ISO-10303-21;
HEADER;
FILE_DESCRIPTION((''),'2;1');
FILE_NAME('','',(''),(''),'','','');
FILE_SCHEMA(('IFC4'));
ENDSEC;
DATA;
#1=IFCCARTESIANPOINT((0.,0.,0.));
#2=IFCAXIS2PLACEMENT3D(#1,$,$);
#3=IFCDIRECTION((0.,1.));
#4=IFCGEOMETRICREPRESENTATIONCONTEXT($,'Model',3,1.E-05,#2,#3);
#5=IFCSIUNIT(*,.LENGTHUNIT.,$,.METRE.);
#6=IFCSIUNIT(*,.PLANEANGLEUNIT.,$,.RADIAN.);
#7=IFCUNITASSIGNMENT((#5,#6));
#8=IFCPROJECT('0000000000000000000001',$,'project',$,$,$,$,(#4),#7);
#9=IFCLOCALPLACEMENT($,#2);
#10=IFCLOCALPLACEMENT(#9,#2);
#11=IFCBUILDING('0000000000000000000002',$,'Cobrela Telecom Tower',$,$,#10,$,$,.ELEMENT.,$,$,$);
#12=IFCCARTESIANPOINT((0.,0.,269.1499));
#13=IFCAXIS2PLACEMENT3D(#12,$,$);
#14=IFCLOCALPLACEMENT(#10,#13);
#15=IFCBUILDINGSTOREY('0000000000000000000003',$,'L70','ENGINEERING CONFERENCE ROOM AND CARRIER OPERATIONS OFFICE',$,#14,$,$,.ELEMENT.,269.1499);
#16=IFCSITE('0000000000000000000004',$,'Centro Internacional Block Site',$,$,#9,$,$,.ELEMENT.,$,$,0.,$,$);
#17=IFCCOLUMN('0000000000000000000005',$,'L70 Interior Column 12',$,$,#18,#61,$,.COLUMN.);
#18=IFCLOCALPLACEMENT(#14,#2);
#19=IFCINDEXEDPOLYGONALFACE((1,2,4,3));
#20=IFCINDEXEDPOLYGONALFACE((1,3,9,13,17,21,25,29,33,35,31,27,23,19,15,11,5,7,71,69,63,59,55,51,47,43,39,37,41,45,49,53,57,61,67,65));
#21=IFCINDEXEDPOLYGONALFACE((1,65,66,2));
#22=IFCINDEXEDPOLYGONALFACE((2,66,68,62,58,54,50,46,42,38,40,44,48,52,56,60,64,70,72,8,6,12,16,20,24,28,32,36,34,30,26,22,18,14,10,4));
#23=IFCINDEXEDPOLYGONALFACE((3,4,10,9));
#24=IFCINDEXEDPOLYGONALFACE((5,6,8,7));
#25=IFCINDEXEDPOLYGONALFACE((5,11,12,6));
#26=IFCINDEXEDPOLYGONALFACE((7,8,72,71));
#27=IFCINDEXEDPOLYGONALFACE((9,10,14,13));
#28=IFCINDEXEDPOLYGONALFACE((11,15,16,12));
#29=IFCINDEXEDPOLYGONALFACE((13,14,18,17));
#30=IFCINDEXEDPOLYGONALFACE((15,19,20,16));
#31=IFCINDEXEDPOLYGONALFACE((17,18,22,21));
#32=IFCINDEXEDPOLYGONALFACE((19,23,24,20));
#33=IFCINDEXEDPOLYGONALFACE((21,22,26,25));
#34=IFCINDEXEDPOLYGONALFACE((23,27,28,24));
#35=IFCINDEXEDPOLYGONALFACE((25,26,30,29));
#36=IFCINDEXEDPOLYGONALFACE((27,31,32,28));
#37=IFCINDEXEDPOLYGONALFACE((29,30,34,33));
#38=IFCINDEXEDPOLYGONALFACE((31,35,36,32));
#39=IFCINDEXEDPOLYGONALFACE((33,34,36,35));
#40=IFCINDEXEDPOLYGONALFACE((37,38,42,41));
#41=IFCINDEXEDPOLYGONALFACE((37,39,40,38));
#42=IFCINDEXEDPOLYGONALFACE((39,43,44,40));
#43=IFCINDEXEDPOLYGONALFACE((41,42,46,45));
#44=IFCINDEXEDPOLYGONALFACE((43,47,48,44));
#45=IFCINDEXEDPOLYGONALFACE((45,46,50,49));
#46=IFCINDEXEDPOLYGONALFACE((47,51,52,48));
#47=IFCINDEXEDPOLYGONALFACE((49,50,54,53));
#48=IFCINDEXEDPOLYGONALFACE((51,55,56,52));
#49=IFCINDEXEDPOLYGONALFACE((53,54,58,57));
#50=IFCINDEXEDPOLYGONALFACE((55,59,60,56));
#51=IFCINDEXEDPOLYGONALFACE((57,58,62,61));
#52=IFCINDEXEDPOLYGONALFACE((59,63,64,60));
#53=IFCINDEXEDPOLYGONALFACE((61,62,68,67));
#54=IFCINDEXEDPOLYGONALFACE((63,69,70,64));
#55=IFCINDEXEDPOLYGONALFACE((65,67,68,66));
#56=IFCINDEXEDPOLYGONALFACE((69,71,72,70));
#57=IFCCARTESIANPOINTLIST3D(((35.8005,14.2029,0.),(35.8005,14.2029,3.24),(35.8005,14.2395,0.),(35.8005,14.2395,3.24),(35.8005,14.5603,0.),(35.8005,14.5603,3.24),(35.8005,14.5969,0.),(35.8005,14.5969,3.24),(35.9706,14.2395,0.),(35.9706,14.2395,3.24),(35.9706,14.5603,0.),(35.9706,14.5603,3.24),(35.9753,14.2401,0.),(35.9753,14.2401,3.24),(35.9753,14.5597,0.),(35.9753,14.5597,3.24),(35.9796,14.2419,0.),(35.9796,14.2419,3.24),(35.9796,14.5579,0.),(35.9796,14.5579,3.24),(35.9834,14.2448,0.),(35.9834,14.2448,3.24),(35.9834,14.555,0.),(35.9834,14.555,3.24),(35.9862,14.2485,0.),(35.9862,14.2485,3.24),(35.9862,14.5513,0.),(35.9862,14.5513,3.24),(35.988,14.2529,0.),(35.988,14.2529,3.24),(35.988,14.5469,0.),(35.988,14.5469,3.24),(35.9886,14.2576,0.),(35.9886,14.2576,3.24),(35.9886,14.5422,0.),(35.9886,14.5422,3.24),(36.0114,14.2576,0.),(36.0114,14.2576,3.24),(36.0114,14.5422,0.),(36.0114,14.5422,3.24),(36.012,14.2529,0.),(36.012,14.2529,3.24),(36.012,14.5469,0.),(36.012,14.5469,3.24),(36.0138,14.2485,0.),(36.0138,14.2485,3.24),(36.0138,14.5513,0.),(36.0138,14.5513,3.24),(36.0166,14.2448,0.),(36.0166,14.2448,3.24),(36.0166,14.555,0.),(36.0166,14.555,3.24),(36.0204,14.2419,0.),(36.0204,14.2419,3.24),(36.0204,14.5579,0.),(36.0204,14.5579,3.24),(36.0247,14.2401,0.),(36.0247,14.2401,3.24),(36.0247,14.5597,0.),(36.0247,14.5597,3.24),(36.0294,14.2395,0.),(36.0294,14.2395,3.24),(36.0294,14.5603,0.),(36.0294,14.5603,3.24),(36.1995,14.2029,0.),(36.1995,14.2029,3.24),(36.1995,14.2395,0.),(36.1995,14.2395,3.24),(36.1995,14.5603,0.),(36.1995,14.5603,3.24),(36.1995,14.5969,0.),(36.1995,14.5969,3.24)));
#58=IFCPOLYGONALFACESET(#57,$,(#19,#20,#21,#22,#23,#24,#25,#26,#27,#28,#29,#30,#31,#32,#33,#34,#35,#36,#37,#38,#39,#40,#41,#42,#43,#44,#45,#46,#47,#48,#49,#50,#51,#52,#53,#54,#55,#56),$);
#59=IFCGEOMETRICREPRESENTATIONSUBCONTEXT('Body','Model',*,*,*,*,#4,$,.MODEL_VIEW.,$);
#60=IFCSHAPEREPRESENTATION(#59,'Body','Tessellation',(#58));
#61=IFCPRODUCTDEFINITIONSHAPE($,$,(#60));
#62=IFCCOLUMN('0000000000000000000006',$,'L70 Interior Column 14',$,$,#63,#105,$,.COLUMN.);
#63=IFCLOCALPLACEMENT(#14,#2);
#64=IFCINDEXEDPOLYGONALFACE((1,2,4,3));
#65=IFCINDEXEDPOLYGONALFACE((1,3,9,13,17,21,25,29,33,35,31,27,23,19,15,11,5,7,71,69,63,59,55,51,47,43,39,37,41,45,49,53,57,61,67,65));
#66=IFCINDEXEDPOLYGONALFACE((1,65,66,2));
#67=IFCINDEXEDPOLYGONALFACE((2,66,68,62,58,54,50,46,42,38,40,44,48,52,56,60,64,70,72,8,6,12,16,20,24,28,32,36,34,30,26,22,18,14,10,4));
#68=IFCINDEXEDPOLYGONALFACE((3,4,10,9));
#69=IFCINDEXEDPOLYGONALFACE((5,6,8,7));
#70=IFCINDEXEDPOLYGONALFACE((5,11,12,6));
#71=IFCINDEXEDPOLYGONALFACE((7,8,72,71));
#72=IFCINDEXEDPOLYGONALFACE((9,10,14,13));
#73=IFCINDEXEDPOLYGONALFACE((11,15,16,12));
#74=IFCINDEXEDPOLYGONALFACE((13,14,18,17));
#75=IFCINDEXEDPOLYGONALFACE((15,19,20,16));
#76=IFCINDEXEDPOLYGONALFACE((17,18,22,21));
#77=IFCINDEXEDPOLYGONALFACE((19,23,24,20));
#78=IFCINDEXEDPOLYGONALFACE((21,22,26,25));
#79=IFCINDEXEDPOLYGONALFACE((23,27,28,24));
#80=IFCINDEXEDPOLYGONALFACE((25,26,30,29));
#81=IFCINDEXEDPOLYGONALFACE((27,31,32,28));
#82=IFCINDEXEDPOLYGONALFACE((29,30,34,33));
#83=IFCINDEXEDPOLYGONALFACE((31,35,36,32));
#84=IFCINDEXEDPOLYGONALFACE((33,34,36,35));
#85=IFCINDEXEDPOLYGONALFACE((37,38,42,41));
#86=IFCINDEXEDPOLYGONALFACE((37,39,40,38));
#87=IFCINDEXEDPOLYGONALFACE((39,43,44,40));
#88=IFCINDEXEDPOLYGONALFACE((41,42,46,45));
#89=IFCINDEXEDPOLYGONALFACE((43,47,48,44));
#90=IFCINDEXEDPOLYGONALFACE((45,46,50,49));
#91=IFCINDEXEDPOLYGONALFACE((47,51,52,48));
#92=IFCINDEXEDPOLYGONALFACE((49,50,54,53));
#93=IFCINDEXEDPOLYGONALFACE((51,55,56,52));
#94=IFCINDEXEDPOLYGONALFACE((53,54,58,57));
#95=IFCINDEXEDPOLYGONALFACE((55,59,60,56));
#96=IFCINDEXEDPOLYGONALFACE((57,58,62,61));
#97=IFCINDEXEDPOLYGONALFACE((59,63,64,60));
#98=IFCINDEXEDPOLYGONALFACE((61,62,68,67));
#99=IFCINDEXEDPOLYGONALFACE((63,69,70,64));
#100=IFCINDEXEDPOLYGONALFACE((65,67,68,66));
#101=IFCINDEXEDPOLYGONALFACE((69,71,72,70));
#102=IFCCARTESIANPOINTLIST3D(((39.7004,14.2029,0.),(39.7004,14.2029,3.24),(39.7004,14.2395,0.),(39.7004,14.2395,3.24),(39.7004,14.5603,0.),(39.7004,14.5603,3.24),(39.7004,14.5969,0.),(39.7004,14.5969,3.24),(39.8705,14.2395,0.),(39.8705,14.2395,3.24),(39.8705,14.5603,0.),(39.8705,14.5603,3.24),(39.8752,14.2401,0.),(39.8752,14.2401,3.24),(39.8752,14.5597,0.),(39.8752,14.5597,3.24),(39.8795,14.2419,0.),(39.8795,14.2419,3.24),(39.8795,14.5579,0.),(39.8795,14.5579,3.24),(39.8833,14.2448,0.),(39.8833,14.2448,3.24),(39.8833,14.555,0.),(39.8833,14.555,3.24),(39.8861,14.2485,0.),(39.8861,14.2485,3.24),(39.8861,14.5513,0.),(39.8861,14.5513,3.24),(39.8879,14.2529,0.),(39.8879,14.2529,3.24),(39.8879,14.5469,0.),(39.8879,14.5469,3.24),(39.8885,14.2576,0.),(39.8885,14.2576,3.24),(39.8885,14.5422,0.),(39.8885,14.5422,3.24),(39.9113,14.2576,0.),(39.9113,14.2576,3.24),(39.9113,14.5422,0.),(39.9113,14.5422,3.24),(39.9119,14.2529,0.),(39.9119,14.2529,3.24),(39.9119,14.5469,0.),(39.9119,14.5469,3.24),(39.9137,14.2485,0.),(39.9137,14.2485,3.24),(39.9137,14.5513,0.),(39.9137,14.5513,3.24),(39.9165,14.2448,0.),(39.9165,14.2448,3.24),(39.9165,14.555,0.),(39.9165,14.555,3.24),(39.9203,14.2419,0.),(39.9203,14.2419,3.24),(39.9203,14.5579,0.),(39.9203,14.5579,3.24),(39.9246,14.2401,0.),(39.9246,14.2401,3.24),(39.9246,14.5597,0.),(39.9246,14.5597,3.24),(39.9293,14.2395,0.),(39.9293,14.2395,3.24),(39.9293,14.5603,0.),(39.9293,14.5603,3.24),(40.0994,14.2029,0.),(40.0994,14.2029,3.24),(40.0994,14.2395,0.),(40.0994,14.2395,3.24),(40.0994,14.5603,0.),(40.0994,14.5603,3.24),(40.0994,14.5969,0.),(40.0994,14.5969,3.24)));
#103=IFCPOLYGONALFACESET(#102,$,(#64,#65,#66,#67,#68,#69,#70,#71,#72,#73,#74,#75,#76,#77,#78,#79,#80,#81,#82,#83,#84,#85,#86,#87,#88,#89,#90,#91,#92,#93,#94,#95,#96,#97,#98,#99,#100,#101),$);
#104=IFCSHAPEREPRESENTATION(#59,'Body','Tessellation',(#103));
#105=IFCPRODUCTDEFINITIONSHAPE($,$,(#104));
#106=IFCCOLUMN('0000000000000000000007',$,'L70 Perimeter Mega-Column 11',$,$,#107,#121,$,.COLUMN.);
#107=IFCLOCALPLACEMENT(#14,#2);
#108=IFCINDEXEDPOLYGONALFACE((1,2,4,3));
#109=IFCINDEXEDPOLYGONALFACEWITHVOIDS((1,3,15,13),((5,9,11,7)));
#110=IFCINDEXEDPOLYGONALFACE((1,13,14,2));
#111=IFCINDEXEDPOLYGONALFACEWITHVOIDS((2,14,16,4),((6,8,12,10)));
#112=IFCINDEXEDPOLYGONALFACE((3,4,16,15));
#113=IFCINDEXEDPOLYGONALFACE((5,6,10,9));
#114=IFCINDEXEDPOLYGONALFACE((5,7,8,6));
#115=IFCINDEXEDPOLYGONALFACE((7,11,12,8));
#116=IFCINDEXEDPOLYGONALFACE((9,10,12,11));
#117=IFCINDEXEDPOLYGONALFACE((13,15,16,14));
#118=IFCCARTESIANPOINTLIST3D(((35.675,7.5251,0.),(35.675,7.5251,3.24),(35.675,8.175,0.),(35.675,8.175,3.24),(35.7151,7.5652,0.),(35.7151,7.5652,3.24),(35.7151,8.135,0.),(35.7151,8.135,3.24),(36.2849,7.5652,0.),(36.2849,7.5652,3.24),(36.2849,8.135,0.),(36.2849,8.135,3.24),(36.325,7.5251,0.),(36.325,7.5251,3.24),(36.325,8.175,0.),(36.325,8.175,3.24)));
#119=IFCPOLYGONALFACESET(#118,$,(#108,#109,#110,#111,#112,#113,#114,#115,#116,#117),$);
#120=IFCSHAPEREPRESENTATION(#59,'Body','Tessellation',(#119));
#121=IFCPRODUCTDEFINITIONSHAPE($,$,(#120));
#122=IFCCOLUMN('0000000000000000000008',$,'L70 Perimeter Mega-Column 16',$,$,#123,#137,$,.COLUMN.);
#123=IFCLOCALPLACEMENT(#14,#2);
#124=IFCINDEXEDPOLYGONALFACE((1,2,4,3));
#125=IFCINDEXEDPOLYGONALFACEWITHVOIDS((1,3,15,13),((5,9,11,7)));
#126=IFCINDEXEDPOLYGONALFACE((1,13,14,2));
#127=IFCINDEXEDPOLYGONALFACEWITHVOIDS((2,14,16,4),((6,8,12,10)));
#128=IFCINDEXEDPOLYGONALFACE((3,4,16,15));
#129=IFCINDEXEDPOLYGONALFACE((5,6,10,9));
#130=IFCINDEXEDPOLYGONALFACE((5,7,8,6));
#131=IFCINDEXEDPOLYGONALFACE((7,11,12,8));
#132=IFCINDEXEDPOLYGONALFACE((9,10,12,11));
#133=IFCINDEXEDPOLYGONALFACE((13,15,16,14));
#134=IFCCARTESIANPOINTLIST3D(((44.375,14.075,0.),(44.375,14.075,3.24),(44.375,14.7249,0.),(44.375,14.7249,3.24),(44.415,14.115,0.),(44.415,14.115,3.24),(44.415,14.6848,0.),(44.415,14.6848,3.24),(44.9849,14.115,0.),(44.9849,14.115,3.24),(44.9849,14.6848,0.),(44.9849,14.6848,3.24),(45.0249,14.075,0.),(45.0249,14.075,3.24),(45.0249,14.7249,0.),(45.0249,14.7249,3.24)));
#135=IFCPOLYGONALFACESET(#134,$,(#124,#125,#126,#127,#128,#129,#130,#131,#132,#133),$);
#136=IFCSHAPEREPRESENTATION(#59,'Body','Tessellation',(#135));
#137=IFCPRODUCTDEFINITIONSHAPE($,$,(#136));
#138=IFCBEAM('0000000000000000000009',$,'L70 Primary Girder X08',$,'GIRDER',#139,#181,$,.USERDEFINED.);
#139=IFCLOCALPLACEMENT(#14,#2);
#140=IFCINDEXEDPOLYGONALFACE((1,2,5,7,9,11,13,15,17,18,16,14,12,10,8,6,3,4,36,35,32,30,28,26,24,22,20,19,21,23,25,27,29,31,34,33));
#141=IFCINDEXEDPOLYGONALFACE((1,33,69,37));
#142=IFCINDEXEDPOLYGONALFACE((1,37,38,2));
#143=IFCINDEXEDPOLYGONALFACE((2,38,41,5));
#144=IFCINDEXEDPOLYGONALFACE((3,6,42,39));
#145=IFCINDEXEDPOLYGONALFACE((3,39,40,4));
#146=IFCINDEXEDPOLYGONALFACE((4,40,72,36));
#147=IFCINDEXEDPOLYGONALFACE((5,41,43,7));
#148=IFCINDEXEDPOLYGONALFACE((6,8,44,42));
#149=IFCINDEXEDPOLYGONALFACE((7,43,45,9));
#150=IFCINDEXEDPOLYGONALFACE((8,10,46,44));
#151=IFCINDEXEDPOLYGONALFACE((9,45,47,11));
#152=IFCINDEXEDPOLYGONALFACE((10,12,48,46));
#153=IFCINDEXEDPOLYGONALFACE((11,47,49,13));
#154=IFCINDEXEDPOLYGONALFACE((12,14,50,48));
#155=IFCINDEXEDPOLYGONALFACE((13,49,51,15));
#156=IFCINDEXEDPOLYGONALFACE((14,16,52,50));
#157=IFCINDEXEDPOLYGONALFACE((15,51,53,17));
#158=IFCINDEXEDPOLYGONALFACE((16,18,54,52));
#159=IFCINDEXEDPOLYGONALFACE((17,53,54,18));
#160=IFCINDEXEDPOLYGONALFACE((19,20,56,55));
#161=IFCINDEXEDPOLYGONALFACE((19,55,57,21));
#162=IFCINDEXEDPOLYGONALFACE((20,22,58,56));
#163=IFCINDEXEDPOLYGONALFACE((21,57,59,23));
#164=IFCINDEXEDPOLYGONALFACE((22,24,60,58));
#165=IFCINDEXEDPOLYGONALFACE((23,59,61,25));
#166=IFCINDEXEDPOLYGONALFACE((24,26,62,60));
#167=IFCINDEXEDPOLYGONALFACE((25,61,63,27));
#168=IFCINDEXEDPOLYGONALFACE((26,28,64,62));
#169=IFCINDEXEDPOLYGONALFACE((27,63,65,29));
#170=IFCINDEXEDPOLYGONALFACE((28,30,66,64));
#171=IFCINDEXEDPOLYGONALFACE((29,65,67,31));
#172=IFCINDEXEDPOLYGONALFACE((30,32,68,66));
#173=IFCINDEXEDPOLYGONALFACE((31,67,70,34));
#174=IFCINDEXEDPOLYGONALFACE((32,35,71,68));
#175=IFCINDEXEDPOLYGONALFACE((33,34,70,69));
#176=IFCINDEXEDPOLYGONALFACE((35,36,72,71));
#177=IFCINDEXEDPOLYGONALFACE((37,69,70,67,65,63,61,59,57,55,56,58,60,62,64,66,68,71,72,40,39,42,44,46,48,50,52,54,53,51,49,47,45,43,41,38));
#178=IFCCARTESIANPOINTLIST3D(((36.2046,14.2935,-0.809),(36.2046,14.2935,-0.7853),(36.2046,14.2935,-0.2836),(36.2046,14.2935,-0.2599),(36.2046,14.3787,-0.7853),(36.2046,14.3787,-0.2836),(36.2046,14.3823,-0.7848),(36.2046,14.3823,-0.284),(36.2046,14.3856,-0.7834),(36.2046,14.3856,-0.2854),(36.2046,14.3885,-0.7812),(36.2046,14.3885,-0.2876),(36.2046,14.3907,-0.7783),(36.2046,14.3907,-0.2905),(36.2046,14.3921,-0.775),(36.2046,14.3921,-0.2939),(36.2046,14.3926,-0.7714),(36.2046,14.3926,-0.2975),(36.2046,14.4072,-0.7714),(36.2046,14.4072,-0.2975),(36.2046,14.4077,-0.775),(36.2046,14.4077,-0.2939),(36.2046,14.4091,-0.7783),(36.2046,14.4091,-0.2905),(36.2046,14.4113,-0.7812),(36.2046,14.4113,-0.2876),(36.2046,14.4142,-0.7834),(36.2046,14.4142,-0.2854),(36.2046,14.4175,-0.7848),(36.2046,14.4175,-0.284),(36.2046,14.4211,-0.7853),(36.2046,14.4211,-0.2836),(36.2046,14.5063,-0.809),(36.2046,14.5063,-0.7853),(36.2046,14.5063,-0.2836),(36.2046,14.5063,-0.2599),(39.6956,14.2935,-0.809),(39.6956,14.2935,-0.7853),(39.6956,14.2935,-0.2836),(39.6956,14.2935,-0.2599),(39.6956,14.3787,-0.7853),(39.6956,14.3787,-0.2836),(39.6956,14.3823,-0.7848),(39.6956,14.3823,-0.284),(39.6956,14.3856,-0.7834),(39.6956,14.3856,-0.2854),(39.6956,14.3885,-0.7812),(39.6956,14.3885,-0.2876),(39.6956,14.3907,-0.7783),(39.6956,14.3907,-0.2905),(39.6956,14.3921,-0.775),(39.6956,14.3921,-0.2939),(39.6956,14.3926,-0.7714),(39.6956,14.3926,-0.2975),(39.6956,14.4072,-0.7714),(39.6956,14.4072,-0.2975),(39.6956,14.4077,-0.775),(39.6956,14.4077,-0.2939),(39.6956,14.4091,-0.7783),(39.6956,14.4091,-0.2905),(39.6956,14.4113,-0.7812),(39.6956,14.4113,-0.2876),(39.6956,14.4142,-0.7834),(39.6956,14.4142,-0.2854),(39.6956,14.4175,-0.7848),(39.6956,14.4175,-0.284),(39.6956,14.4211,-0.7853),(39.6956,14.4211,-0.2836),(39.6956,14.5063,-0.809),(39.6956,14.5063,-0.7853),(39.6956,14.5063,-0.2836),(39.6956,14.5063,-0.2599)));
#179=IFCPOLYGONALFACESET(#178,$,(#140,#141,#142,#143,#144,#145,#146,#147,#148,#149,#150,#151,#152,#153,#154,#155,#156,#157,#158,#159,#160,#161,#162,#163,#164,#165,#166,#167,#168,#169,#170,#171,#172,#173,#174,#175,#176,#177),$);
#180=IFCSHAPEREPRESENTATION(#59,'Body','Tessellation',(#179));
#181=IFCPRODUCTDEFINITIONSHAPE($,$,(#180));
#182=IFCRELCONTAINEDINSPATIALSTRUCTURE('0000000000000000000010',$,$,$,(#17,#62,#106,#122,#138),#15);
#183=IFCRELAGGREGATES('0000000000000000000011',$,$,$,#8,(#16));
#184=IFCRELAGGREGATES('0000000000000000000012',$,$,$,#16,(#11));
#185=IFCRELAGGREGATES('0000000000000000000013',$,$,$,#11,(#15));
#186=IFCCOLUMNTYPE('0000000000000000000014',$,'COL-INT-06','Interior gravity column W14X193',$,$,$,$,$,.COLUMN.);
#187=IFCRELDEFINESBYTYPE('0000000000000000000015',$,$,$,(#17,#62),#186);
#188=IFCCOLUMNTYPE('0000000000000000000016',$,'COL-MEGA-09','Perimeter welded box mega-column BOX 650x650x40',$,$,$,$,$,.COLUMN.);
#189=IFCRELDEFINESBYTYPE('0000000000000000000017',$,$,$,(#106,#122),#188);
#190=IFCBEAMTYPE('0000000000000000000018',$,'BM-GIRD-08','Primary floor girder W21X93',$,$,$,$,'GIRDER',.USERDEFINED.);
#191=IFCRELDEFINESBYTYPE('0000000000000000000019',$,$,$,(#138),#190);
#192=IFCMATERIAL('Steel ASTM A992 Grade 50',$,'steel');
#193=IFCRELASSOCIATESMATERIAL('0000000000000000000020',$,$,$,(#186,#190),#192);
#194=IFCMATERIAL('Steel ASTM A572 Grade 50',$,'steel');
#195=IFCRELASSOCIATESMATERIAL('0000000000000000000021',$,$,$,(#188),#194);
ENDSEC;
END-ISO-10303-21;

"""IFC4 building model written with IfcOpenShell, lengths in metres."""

from ifc_helpers import new_model, si_unit, direction, frame, origin, origin_2d, place, context, subcontext, project, spatial, hollow_rectangle, i_section, extrude, material, material_profile, profile_set, type_object, element, save


model = new_model("IFC4")

# Units and contexts
model_context = context("Model", 3, precision=1e-05, world=origin(), true_north=direction((0.0, 1.0)))
body_context = subcontext(model_context, "Body", "Model", "MODEL_VIEW")
ifc_project = project(units=[si_unit("LENGTHUNIT", "METRE"), si_unit("PLANEANGLEUNIT", "RADIAN")], contexts=[model_context])

# Site, building, storey
site_placement = place(None, origin())
site = spatial("IfcSite", under=ifc_project, at=site_placement, Name="Centro Internacional Block Site", CompositionType="ELEMENT", RefElevation=0.0)
building_placement = place(site_placement, origin())
building = spatial("IfcBuilding", under=site, at=building_placement, Name="Cobrela Telecom Tower", CompositionType="ELEMENT")
storey_placement = place(building_placement, frame((0.0, 0.0, 269.1499)))
storey = spatial("IfcBuildingStorey", under=building, at=storey_placement, Name="L70", Description="ENGINEERING CONFERENCE ROOM AND CARRIER OPERATIONS OFFICE", CompositionType="ELEMENT", Elevation=269.1499)

# Columns
ifc_material_1 = material(Name="Steel ASTM A992 Grade 50", Category="steel")
ifc_material_profile_1 = material_profile(ifc_material_1, i_section(OverallWidth=0.3989, OverallDepth=0.394, WebThickness=0.0227, FlangeThickness=0.0366, FilletRadius=0.0181, at=origin_2d()), Name="W14X193")
ifc_profile_set_1 = profile_set([ifc_material_profile_1], Name="Steel ASTM A992 Grade 50")
column_type_1 = type_object("IfcColumnType", Name="COL-INT-06", Description="Interior gravity column W14X193", PredefinedType="COLUMN", material=ifc_profile_set_1)
for number, where, z_axis, x_axis, name in (
    (1, (36.0, 14.3999, 0.0), (0.0, 0.0, 1.0), (1.0, 0.0, 0.0), "L70 Interior Column 12"),
    (2, (39.8999, 14.3999, 0.0), (0.0, 0.0, 1.0), (1.0, 0.0, 0.0), "L70 Interior Column 14"),
):
    element("IfcColumn", number, at=place(storey_placement, frame(where, z_axis=z_axis, x_axis=x_axis)), inside=storey, type_object=column_type_1, Name=name, PredefinedType="COLUMN", context=body_context, shape_type="SweptSolid", body=[
        extrude(i_section(OverallWidth=0.3989, OverallDepth=0.394, WebThickness=0.0227, FlangeThickness=0.0366, FilletRadius=0.0181, at=origin_2d()), origin(), (0.0, 0.0, 1.0), 3.24),
    ])
ifc_material_2 = material(Name="Steel ASTM A572 Grade 50", Category="steel")
ifc_material_profile_2 = material_profile(ifc_material_2, hollow_rectangle(XDim=0.6499, YDim=0.6499, WallThickness=0.04, at=origin_2d()), Name="BOX 650x650x40")
ifc_profile_set_2 = profile_set([ifc_material_profile_2], Name="Steel ASTM A572 Grade 50")
column_type_2 = type_object("IfcColumnType", Name="COL-MEGA-09", Description="Perimeter welded box mega-column BOX 650x650x40", PredefinedType="COLUMN", material=ifc_profile_set_2)
for number, where, z_axis, x_axis, name in (
    (3, (36.0, 7.8501, 0.0), (0.0, 0.0, 1.0), (1.0, 0.0, 0.0), "L70 Perimeter Mega-Column 11"),
    (4, (44.7, 14.3999, 0.0), (0.0, 0.0, 1.0), (1.0, 0.0, 0.0), "L70 Perimeter Mega-Column 16"),
):
    element("IfcColumn", number, at=place(storey_placement, frame(where, z_axis=z_axis, x_axis=x_axis)), inside=storey, type_object=column_type_2, Name=name, PredefinedType="COLUMN", context=body_context, shape_type="SweptSolid", body=[
        extrude(hollow_rectangle(XDim=0.6499, YDim=0.6499, WallThickness=0.04, at=origin_2d()), origin(), (0.0, 0.0, 1.0), 3.24),
    ])

# Beam
ifc_material_profile_3 = material_profile(ifc_material_1, i_section(OverallWidth=0.2129, OverallDepth=0.5491, WebThickness=0.0146, FlangeThickness=0.0237, FilletRadius=0.0139, at=origin_2d()), Name="W21X93")
ifc_profile_set_3 = profile_set([ifc_material_profile_3], Name="Steel ASTM A992 Grade 50")
beam_type_1 = type_object("IfcBeamType", Name="BM-GIRD-08", Description="Primary floor girder W21X93", ElementType="GIRDER", PredefinedType="USERDEFINED", material=ifc_profile_set_3)
beam_1_placement = place(storey_placement, frame((36.2046, 14.3999, -0.5344), z_axis=(1.0, 0.0, 0.0), x_axis=(0.0, 1.0, 0.0)))
element("IfcBeam", 5, at=beam_1_placement, inside=storey, type_object=beam_type_1, Name="L70 Primary Girder X08", ObjectType="GIRDER", PredefinedType="USERDEFINED", context=body_context, shape_type="SweptSolid", body=[
    extrude(i_section(OverallWidth=0.2129, OverallDepth=0.5491, WebThickness=0.0146, FlangeThickness=0.0237, FilletRadius=0.0139, at=origin_2d()), origin(), (0.0, 0.0, 1.0), 3.491),
])

save(model, "model.ifc")
